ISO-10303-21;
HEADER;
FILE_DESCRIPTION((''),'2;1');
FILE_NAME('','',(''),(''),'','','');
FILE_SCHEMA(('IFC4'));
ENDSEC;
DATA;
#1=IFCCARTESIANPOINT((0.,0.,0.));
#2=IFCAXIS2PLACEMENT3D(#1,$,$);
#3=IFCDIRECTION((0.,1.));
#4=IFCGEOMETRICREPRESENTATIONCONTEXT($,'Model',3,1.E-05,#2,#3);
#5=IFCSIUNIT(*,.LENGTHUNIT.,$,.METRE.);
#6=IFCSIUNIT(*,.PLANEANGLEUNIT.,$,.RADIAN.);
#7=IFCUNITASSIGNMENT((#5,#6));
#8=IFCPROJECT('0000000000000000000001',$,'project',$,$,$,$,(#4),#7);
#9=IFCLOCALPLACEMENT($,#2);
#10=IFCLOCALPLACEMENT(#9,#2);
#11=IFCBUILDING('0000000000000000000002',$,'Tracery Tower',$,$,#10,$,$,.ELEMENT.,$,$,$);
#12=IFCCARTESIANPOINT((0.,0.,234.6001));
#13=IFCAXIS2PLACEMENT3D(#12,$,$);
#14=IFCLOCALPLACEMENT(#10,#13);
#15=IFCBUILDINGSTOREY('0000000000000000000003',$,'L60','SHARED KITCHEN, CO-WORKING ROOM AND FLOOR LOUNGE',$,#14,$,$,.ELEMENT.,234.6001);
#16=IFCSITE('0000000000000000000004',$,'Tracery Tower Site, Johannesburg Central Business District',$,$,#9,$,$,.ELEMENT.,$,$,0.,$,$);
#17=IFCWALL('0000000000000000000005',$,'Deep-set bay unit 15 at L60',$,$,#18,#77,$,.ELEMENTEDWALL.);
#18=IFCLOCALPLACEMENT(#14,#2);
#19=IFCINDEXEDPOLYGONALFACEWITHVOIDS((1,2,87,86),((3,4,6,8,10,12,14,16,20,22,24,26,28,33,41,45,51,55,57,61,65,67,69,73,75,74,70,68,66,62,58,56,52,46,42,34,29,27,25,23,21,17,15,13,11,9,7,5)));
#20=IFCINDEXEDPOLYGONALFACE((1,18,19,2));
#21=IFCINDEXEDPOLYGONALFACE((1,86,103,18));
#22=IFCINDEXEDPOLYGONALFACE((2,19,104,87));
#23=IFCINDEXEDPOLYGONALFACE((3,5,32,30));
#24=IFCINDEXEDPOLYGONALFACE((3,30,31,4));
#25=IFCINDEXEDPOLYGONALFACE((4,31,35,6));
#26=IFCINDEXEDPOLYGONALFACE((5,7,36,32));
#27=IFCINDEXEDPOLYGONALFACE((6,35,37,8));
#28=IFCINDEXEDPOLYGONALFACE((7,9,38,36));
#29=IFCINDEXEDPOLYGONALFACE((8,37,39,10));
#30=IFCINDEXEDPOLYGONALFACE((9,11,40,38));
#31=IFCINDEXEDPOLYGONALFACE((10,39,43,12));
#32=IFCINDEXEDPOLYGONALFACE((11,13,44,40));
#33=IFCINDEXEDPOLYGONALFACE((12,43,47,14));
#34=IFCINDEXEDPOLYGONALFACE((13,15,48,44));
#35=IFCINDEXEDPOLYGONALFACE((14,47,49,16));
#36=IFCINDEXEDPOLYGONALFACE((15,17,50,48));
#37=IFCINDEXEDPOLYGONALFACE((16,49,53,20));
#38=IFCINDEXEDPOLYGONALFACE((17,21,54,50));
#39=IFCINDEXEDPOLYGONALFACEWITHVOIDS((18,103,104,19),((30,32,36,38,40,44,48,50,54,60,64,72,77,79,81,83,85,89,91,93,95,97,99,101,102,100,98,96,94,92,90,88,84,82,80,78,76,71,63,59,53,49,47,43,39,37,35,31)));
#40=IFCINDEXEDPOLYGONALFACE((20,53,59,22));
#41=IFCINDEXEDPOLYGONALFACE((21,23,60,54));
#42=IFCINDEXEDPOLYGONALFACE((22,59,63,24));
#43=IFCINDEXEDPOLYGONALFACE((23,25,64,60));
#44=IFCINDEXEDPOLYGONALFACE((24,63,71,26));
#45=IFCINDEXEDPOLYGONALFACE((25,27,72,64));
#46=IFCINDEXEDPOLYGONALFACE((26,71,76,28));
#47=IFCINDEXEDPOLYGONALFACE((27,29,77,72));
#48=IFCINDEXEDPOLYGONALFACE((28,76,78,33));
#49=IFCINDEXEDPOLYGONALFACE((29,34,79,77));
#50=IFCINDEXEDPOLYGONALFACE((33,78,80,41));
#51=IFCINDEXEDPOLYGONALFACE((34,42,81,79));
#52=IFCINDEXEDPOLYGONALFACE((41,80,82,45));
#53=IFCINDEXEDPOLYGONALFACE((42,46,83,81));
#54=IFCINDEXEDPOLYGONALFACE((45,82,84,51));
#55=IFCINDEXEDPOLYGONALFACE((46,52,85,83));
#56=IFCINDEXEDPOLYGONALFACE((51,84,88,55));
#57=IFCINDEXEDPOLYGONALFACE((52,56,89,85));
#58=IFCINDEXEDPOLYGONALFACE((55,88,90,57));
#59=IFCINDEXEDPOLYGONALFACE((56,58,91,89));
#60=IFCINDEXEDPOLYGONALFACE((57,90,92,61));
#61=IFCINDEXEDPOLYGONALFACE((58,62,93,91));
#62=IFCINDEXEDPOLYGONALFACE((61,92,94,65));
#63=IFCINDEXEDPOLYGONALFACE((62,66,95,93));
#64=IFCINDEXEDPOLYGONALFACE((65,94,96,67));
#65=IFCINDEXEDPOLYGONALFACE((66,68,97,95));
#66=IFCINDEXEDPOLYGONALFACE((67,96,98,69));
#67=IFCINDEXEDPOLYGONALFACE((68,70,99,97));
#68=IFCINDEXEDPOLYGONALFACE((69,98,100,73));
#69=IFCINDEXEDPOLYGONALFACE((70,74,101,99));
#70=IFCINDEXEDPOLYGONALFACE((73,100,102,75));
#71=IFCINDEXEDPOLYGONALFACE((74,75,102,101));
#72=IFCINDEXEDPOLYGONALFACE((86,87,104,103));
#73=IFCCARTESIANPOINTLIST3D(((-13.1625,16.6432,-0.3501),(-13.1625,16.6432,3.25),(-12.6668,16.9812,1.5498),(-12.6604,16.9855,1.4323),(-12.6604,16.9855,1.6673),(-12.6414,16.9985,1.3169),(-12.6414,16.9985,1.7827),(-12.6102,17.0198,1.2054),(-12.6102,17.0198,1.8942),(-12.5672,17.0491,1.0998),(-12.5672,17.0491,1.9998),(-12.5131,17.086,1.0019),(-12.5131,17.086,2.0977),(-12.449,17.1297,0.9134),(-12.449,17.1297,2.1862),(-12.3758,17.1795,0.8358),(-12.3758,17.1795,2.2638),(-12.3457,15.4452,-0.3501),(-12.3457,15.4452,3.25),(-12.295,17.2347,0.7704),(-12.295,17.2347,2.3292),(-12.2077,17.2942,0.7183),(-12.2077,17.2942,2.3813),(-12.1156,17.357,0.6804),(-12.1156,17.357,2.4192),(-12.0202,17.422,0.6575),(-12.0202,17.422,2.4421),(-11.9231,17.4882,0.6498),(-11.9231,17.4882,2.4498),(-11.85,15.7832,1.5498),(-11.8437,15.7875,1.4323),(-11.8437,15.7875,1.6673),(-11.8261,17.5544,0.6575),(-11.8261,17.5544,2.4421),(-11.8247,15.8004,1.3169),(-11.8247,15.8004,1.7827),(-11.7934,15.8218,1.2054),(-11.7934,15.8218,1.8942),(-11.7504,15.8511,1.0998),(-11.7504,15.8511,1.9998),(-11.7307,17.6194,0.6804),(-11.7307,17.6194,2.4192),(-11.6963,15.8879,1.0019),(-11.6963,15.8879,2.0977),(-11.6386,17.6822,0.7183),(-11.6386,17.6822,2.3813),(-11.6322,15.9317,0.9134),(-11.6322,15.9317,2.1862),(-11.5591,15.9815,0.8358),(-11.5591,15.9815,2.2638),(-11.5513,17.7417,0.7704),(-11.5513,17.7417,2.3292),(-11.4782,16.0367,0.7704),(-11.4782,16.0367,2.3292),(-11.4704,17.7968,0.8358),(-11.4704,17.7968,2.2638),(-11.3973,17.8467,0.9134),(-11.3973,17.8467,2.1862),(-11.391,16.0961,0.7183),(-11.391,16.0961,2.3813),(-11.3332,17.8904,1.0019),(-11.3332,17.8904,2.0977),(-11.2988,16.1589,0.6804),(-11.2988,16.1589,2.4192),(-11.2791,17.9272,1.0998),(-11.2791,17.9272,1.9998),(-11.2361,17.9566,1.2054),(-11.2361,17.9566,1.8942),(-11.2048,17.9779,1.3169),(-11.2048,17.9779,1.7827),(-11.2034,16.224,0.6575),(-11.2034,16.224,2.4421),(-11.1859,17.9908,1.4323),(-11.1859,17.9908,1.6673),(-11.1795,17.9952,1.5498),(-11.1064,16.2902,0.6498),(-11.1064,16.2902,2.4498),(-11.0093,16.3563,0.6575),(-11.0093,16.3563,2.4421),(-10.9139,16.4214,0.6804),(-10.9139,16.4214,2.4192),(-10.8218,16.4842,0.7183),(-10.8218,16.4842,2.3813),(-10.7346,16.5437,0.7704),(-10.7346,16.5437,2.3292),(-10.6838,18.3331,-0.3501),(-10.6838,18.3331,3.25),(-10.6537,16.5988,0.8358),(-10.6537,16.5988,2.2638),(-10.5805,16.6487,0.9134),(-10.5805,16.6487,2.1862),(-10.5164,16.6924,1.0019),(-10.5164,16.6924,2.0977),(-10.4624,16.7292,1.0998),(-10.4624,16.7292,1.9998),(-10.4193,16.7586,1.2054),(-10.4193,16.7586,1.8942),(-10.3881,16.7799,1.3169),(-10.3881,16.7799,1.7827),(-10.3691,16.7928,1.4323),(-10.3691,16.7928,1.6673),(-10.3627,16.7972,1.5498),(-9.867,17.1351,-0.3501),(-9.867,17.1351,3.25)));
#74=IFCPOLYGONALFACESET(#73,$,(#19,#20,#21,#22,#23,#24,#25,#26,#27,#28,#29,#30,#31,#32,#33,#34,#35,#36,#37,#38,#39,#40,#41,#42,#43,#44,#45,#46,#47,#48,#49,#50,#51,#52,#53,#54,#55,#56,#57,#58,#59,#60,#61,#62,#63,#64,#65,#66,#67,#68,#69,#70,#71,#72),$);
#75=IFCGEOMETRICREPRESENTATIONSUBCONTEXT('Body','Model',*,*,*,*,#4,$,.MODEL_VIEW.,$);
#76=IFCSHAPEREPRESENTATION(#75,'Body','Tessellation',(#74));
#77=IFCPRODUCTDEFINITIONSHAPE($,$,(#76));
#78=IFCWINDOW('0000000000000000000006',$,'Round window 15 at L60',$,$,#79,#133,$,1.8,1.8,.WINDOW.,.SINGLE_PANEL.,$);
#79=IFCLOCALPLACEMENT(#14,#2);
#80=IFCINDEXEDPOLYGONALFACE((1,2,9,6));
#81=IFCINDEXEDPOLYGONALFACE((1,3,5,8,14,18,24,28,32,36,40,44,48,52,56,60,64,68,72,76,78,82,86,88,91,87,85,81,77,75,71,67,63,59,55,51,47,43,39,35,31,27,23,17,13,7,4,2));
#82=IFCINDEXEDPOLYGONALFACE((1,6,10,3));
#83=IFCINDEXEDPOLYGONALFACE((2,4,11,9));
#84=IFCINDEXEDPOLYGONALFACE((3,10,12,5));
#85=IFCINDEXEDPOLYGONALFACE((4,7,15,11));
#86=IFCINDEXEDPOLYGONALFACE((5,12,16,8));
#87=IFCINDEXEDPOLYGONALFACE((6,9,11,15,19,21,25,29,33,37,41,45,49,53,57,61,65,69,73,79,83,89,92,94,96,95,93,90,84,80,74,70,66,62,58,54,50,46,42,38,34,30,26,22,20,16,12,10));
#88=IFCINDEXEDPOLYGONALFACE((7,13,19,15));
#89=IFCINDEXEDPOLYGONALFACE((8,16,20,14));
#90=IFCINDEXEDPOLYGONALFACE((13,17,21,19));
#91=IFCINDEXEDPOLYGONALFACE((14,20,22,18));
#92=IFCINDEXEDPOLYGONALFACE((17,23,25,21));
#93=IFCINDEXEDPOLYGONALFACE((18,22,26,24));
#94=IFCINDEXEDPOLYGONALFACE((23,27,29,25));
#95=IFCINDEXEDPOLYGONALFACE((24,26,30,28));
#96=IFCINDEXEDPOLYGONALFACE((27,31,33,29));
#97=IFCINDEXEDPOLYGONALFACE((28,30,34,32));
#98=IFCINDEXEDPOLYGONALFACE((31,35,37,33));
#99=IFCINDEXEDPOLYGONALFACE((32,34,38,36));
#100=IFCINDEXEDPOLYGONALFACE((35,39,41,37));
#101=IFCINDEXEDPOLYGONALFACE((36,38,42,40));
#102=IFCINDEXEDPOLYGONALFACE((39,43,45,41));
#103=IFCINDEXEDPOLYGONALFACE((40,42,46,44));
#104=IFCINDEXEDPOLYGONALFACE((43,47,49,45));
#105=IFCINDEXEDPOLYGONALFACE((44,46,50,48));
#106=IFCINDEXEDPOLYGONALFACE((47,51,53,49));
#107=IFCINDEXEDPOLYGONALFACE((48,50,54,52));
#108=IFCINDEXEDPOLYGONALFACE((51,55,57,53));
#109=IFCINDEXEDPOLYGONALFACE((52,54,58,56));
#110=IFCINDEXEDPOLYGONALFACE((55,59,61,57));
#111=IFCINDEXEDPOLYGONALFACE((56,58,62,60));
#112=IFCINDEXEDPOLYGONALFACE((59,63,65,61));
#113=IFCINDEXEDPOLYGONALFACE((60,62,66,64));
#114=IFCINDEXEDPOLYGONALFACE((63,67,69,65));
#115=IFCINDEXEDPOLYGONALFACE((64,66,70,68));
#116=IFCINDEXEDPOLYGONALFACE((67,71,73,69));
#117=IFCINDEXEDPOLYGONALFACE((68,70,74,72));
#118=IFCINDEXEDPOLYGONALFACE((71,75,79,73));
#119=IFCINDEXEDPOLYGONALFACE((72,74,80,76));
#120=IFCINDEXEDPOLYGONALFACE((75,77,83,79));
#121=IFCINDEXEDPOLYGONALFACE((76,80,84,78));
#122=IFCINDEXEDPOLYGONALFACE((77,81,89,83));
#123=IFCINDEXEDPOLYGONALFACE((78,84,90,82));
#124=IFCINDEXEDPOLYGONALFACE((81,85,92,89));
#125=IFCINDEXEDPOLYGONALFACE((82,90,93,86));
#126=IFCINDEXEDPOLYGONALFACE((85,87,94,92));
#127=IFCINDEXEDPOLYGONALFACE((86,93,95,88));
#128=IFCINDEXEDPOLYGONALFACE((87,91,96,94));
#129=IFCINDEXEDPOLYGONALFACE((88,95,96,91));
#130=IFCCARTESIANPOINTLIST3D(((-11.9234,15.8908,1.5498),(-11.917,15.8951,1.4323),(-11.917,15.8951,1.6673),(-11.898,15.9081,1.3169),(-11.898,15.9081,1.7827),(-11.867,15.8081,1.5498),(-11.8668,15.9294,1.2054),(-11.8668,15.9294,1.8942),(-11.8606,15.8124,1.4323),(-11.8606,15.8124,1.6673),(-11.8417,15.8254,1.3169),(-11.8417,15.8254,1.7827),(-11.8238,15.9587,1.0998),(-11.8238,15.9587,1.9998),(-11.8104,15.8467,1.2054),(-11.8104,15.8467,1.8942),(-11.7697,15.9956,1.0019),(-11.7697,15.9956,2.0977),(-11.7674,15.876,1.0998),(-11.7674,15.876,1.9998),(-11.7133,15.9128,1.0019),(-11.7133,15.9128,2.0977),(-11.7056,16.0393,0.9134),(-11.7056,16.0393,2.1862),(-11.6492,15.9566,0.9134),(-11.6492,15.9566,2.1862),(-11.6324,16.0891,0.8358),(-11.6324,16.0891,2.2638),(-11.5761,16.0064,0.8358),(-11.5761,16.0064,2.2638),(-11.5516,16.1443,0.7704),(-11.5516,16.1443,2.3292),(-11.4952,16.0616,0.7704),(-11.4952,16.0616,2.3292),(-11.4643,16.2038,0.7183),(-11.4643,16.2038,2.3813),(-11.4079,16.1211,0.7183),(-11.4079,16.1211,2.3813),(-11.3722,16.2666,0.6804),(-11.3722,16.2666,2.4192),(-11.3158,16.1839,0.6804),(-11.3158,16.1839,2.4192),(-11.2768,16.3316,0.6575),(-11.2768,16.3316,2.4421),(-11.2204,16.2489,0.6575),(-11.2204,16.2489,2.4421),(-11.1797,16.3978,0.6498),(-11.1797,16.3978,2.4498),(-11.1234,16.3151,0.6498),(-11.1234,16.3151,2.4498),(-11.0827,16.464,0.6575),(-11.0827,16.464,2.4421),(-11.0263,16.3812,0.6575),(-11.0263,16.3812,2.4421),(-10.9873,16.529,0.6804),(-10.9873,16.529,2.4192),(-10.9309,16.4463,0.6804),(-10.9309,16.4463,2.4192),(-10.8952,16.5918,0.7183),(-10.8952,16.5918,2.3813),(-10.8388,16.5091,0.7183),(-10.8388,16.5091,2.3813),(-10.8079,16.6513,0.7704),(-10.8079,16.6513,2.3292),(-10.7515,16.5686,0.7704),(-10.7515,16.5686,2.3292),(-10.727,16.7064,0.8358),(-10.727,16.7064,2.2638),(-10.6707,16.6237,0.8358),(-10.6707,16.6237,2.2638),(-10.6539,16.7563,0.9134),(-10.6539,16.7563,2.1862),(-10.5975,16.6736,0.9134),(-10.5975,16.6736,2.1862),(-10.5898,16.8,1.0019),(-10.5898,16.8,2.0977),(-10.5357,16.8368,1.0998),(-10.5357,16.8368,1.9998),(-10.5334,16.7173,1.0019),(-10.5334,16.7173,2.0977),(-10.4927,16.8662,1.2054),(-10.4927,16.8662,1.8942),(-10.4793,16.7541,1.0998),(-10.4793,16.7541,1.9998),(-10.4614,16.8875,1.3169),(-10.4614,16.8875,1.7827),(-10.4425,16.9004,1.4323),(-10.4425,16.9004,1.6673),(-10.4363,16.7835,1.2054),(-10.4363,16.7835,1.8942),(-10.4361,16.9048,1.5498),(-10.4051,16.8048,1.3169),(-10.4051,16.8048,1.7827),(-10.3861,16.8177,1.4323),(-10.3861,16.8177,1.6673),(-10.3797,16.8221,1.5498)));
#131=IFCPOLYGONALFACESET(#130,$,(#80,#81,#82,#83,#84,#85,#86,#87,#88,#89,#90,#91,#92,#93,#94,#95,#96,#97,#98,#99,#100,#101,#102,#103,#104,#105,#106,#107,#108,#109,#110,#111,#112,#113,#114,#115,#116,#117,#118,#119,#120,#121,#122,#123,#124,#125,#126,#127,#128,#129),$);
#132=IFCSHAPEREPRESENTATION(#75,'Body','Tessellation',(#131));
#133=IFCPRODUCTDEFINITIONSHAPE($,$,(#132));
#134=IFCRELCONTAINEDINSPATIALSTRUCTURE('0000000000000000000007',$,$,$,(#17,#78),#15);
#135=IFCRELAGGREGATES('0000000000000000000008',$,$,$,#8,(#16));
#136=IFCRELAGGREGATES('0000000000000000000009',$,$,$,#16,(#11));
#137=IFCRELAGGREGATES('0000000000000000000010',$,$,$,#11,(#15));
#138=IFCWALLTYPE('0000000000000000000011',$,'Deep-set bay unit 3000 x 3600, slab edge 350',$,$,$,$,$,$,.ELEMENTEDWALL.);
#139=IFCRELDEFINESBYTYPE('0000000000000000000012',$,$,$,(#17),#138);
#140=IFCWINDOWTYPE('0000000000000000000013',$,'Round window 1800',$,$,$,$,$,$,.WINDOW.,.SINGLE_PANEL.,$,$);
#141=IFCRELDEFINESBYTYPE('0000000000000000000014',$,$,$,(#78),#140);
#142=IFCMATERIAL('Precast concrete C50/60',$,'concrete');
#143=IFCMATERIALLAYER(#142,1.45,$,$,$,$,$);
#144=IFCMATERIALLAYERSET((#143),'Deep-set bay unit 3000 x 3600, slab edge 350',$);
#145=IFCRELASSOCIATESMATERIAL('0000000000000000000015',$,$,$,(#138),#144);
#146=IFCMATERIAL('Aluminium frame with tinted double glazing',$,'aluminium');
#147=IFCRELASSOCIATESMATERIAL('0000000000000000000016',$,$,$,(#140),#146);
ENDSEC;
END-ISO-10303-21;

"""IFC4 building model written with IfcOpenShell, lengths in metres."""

from ifc_helpers import new_model, si_unit, direction, frame, frame_2d, origin, origin_2d, place, context, subcontext, project, spatial, rectangle, circle, extrude, material, layer, layer_set, type_object, element, fill, save


model = new_model("IFC4")

# Units and contexts
model_context = context("Model", 3, precision=1e-05, world=origin(), true_north=direction((0.0, 1.0)))
body_context = subcontext(model_context, "Body", "Model", "MODEL_VIEW")
ifc_project = project(units=[si_unit("LENGTHUNIT", "METRE"), si_unit("PLANEANGLEUNIT", "RADIAN")], contexts=[model_context])

# Site, building, storey
site_placement = place(None, origin())
site = spatial("IfcSite", under=ifc_project, at=site_placement, Name="Tracery Tower Site, Johannesburg Central Business District", CompositionType="ELEMENT", RefElevation=0.0)
building_placement = place(site_placement, origin())
building = spatial("IfcBuilding", under=site, at=building_placement, Name="Tracery Tower", CompositionType="ELEMENT")
storey_placement = place(building_placement, frame((0.0, 0.0, 234.6001)))
storey = spatial("IfcBuildingStorey", under=building, at=storey_placement, Name="L60", Description="SHARED KITCHEN, CO-WORKING ROOM AND FLOOR LOUNGE", CompositionType="ELEMENT", Elevation=234.6001)

# Wall, opening, window
ifc_material_1 = material(Name="Precast concrete C50/60", Category="concrete")
ifc_layer_1 = layer(ifc_material_1, 1.45)
ifc_layer_set_1 = layer_set([ifc_layer_1], Name="Deep-set bay unit 3000 x 3600, slab edge 350")
wall_type_1 = type_object("IfcWallType", Name="Deep-set bay unit 3000 x 3600, slab edge 350", PredefinedType="ELEMENTEDWALL", material=ifc_layer_set_1)
wall_1_placement = place(storey_placement, frame((-10.2754, 17.7341, -0.3501), z_axis=(0.0, 0.0, 1.0), x_axis=(-0.826246, -0.563309, 0.0)))
wall_1 = element("IfcWall", 1, at=wall_1_placement, inside=storey, type_object=wall_type_1, Name="Deep-set bay unit 15 at L60", PredefinedType="ELEMENTEDWALL", context=body_context, shape_type="SweptSolid", body=[
    extrude(rectangle(XDim=3.0, YDim=1.45, at=frame_2d((1.5, 0.0))), origin(), (0.0, 0.0, 1.0), 3.6001),
])
opening_1_placement = place(wall_1_placement, frame((1.5, 0.0, 1.8999)))
opening_1 = element("IfcOpeningElement", 2, at=opening_1_placement, cuts=wall_1, PredefinedType="OPENING", context=body_context, shape_type="SweptSolid", body=[
    extrude(circle(Radius=0.9, at=origin_2d()), frame((0.0, 0.7349, 0.0), z_axis=(0.0, -1.0, 0.0), x_axis=(1.0, 0.0, 0.0)), (0.0, 0.0, 1.0), 1.47),
])
ifc_material_2 = material(Name="Aluminium frame with tinted double glazing", Category="aluminium")
window_type = type_object("IfcWindowType", Name="Round window 1800", PartitioningType="SINGLE_PANEL", PredefinedType="WINDOW", material=ifc_material_2)
window_1_placement = place(opening_1_placement, origin())
window_1 = element("IfcWindow", 3, at=window_1_placement, inside=storey, type_object=window_type, Name="Round window 15 at L60", OverallHeight=1.8, OverallWidth=1.8, PartitioningType="SINGLE_PANEL", PredefinedType="WINDOW", context=body_context, shape_type="SweptSolid", body=[
    extrude(circle(Radius=0.9, at=origin_2d()), frame((0.0, 0.6948, 0.0), z_axis=(0.0, -1.0, 0.0), x_axis=(1.0, 0.0, 0.0)), (0.0, 0.0, 1.0), 0.1001),
])
fill(opening_1, window_1)

save(model, "model.ifc")
